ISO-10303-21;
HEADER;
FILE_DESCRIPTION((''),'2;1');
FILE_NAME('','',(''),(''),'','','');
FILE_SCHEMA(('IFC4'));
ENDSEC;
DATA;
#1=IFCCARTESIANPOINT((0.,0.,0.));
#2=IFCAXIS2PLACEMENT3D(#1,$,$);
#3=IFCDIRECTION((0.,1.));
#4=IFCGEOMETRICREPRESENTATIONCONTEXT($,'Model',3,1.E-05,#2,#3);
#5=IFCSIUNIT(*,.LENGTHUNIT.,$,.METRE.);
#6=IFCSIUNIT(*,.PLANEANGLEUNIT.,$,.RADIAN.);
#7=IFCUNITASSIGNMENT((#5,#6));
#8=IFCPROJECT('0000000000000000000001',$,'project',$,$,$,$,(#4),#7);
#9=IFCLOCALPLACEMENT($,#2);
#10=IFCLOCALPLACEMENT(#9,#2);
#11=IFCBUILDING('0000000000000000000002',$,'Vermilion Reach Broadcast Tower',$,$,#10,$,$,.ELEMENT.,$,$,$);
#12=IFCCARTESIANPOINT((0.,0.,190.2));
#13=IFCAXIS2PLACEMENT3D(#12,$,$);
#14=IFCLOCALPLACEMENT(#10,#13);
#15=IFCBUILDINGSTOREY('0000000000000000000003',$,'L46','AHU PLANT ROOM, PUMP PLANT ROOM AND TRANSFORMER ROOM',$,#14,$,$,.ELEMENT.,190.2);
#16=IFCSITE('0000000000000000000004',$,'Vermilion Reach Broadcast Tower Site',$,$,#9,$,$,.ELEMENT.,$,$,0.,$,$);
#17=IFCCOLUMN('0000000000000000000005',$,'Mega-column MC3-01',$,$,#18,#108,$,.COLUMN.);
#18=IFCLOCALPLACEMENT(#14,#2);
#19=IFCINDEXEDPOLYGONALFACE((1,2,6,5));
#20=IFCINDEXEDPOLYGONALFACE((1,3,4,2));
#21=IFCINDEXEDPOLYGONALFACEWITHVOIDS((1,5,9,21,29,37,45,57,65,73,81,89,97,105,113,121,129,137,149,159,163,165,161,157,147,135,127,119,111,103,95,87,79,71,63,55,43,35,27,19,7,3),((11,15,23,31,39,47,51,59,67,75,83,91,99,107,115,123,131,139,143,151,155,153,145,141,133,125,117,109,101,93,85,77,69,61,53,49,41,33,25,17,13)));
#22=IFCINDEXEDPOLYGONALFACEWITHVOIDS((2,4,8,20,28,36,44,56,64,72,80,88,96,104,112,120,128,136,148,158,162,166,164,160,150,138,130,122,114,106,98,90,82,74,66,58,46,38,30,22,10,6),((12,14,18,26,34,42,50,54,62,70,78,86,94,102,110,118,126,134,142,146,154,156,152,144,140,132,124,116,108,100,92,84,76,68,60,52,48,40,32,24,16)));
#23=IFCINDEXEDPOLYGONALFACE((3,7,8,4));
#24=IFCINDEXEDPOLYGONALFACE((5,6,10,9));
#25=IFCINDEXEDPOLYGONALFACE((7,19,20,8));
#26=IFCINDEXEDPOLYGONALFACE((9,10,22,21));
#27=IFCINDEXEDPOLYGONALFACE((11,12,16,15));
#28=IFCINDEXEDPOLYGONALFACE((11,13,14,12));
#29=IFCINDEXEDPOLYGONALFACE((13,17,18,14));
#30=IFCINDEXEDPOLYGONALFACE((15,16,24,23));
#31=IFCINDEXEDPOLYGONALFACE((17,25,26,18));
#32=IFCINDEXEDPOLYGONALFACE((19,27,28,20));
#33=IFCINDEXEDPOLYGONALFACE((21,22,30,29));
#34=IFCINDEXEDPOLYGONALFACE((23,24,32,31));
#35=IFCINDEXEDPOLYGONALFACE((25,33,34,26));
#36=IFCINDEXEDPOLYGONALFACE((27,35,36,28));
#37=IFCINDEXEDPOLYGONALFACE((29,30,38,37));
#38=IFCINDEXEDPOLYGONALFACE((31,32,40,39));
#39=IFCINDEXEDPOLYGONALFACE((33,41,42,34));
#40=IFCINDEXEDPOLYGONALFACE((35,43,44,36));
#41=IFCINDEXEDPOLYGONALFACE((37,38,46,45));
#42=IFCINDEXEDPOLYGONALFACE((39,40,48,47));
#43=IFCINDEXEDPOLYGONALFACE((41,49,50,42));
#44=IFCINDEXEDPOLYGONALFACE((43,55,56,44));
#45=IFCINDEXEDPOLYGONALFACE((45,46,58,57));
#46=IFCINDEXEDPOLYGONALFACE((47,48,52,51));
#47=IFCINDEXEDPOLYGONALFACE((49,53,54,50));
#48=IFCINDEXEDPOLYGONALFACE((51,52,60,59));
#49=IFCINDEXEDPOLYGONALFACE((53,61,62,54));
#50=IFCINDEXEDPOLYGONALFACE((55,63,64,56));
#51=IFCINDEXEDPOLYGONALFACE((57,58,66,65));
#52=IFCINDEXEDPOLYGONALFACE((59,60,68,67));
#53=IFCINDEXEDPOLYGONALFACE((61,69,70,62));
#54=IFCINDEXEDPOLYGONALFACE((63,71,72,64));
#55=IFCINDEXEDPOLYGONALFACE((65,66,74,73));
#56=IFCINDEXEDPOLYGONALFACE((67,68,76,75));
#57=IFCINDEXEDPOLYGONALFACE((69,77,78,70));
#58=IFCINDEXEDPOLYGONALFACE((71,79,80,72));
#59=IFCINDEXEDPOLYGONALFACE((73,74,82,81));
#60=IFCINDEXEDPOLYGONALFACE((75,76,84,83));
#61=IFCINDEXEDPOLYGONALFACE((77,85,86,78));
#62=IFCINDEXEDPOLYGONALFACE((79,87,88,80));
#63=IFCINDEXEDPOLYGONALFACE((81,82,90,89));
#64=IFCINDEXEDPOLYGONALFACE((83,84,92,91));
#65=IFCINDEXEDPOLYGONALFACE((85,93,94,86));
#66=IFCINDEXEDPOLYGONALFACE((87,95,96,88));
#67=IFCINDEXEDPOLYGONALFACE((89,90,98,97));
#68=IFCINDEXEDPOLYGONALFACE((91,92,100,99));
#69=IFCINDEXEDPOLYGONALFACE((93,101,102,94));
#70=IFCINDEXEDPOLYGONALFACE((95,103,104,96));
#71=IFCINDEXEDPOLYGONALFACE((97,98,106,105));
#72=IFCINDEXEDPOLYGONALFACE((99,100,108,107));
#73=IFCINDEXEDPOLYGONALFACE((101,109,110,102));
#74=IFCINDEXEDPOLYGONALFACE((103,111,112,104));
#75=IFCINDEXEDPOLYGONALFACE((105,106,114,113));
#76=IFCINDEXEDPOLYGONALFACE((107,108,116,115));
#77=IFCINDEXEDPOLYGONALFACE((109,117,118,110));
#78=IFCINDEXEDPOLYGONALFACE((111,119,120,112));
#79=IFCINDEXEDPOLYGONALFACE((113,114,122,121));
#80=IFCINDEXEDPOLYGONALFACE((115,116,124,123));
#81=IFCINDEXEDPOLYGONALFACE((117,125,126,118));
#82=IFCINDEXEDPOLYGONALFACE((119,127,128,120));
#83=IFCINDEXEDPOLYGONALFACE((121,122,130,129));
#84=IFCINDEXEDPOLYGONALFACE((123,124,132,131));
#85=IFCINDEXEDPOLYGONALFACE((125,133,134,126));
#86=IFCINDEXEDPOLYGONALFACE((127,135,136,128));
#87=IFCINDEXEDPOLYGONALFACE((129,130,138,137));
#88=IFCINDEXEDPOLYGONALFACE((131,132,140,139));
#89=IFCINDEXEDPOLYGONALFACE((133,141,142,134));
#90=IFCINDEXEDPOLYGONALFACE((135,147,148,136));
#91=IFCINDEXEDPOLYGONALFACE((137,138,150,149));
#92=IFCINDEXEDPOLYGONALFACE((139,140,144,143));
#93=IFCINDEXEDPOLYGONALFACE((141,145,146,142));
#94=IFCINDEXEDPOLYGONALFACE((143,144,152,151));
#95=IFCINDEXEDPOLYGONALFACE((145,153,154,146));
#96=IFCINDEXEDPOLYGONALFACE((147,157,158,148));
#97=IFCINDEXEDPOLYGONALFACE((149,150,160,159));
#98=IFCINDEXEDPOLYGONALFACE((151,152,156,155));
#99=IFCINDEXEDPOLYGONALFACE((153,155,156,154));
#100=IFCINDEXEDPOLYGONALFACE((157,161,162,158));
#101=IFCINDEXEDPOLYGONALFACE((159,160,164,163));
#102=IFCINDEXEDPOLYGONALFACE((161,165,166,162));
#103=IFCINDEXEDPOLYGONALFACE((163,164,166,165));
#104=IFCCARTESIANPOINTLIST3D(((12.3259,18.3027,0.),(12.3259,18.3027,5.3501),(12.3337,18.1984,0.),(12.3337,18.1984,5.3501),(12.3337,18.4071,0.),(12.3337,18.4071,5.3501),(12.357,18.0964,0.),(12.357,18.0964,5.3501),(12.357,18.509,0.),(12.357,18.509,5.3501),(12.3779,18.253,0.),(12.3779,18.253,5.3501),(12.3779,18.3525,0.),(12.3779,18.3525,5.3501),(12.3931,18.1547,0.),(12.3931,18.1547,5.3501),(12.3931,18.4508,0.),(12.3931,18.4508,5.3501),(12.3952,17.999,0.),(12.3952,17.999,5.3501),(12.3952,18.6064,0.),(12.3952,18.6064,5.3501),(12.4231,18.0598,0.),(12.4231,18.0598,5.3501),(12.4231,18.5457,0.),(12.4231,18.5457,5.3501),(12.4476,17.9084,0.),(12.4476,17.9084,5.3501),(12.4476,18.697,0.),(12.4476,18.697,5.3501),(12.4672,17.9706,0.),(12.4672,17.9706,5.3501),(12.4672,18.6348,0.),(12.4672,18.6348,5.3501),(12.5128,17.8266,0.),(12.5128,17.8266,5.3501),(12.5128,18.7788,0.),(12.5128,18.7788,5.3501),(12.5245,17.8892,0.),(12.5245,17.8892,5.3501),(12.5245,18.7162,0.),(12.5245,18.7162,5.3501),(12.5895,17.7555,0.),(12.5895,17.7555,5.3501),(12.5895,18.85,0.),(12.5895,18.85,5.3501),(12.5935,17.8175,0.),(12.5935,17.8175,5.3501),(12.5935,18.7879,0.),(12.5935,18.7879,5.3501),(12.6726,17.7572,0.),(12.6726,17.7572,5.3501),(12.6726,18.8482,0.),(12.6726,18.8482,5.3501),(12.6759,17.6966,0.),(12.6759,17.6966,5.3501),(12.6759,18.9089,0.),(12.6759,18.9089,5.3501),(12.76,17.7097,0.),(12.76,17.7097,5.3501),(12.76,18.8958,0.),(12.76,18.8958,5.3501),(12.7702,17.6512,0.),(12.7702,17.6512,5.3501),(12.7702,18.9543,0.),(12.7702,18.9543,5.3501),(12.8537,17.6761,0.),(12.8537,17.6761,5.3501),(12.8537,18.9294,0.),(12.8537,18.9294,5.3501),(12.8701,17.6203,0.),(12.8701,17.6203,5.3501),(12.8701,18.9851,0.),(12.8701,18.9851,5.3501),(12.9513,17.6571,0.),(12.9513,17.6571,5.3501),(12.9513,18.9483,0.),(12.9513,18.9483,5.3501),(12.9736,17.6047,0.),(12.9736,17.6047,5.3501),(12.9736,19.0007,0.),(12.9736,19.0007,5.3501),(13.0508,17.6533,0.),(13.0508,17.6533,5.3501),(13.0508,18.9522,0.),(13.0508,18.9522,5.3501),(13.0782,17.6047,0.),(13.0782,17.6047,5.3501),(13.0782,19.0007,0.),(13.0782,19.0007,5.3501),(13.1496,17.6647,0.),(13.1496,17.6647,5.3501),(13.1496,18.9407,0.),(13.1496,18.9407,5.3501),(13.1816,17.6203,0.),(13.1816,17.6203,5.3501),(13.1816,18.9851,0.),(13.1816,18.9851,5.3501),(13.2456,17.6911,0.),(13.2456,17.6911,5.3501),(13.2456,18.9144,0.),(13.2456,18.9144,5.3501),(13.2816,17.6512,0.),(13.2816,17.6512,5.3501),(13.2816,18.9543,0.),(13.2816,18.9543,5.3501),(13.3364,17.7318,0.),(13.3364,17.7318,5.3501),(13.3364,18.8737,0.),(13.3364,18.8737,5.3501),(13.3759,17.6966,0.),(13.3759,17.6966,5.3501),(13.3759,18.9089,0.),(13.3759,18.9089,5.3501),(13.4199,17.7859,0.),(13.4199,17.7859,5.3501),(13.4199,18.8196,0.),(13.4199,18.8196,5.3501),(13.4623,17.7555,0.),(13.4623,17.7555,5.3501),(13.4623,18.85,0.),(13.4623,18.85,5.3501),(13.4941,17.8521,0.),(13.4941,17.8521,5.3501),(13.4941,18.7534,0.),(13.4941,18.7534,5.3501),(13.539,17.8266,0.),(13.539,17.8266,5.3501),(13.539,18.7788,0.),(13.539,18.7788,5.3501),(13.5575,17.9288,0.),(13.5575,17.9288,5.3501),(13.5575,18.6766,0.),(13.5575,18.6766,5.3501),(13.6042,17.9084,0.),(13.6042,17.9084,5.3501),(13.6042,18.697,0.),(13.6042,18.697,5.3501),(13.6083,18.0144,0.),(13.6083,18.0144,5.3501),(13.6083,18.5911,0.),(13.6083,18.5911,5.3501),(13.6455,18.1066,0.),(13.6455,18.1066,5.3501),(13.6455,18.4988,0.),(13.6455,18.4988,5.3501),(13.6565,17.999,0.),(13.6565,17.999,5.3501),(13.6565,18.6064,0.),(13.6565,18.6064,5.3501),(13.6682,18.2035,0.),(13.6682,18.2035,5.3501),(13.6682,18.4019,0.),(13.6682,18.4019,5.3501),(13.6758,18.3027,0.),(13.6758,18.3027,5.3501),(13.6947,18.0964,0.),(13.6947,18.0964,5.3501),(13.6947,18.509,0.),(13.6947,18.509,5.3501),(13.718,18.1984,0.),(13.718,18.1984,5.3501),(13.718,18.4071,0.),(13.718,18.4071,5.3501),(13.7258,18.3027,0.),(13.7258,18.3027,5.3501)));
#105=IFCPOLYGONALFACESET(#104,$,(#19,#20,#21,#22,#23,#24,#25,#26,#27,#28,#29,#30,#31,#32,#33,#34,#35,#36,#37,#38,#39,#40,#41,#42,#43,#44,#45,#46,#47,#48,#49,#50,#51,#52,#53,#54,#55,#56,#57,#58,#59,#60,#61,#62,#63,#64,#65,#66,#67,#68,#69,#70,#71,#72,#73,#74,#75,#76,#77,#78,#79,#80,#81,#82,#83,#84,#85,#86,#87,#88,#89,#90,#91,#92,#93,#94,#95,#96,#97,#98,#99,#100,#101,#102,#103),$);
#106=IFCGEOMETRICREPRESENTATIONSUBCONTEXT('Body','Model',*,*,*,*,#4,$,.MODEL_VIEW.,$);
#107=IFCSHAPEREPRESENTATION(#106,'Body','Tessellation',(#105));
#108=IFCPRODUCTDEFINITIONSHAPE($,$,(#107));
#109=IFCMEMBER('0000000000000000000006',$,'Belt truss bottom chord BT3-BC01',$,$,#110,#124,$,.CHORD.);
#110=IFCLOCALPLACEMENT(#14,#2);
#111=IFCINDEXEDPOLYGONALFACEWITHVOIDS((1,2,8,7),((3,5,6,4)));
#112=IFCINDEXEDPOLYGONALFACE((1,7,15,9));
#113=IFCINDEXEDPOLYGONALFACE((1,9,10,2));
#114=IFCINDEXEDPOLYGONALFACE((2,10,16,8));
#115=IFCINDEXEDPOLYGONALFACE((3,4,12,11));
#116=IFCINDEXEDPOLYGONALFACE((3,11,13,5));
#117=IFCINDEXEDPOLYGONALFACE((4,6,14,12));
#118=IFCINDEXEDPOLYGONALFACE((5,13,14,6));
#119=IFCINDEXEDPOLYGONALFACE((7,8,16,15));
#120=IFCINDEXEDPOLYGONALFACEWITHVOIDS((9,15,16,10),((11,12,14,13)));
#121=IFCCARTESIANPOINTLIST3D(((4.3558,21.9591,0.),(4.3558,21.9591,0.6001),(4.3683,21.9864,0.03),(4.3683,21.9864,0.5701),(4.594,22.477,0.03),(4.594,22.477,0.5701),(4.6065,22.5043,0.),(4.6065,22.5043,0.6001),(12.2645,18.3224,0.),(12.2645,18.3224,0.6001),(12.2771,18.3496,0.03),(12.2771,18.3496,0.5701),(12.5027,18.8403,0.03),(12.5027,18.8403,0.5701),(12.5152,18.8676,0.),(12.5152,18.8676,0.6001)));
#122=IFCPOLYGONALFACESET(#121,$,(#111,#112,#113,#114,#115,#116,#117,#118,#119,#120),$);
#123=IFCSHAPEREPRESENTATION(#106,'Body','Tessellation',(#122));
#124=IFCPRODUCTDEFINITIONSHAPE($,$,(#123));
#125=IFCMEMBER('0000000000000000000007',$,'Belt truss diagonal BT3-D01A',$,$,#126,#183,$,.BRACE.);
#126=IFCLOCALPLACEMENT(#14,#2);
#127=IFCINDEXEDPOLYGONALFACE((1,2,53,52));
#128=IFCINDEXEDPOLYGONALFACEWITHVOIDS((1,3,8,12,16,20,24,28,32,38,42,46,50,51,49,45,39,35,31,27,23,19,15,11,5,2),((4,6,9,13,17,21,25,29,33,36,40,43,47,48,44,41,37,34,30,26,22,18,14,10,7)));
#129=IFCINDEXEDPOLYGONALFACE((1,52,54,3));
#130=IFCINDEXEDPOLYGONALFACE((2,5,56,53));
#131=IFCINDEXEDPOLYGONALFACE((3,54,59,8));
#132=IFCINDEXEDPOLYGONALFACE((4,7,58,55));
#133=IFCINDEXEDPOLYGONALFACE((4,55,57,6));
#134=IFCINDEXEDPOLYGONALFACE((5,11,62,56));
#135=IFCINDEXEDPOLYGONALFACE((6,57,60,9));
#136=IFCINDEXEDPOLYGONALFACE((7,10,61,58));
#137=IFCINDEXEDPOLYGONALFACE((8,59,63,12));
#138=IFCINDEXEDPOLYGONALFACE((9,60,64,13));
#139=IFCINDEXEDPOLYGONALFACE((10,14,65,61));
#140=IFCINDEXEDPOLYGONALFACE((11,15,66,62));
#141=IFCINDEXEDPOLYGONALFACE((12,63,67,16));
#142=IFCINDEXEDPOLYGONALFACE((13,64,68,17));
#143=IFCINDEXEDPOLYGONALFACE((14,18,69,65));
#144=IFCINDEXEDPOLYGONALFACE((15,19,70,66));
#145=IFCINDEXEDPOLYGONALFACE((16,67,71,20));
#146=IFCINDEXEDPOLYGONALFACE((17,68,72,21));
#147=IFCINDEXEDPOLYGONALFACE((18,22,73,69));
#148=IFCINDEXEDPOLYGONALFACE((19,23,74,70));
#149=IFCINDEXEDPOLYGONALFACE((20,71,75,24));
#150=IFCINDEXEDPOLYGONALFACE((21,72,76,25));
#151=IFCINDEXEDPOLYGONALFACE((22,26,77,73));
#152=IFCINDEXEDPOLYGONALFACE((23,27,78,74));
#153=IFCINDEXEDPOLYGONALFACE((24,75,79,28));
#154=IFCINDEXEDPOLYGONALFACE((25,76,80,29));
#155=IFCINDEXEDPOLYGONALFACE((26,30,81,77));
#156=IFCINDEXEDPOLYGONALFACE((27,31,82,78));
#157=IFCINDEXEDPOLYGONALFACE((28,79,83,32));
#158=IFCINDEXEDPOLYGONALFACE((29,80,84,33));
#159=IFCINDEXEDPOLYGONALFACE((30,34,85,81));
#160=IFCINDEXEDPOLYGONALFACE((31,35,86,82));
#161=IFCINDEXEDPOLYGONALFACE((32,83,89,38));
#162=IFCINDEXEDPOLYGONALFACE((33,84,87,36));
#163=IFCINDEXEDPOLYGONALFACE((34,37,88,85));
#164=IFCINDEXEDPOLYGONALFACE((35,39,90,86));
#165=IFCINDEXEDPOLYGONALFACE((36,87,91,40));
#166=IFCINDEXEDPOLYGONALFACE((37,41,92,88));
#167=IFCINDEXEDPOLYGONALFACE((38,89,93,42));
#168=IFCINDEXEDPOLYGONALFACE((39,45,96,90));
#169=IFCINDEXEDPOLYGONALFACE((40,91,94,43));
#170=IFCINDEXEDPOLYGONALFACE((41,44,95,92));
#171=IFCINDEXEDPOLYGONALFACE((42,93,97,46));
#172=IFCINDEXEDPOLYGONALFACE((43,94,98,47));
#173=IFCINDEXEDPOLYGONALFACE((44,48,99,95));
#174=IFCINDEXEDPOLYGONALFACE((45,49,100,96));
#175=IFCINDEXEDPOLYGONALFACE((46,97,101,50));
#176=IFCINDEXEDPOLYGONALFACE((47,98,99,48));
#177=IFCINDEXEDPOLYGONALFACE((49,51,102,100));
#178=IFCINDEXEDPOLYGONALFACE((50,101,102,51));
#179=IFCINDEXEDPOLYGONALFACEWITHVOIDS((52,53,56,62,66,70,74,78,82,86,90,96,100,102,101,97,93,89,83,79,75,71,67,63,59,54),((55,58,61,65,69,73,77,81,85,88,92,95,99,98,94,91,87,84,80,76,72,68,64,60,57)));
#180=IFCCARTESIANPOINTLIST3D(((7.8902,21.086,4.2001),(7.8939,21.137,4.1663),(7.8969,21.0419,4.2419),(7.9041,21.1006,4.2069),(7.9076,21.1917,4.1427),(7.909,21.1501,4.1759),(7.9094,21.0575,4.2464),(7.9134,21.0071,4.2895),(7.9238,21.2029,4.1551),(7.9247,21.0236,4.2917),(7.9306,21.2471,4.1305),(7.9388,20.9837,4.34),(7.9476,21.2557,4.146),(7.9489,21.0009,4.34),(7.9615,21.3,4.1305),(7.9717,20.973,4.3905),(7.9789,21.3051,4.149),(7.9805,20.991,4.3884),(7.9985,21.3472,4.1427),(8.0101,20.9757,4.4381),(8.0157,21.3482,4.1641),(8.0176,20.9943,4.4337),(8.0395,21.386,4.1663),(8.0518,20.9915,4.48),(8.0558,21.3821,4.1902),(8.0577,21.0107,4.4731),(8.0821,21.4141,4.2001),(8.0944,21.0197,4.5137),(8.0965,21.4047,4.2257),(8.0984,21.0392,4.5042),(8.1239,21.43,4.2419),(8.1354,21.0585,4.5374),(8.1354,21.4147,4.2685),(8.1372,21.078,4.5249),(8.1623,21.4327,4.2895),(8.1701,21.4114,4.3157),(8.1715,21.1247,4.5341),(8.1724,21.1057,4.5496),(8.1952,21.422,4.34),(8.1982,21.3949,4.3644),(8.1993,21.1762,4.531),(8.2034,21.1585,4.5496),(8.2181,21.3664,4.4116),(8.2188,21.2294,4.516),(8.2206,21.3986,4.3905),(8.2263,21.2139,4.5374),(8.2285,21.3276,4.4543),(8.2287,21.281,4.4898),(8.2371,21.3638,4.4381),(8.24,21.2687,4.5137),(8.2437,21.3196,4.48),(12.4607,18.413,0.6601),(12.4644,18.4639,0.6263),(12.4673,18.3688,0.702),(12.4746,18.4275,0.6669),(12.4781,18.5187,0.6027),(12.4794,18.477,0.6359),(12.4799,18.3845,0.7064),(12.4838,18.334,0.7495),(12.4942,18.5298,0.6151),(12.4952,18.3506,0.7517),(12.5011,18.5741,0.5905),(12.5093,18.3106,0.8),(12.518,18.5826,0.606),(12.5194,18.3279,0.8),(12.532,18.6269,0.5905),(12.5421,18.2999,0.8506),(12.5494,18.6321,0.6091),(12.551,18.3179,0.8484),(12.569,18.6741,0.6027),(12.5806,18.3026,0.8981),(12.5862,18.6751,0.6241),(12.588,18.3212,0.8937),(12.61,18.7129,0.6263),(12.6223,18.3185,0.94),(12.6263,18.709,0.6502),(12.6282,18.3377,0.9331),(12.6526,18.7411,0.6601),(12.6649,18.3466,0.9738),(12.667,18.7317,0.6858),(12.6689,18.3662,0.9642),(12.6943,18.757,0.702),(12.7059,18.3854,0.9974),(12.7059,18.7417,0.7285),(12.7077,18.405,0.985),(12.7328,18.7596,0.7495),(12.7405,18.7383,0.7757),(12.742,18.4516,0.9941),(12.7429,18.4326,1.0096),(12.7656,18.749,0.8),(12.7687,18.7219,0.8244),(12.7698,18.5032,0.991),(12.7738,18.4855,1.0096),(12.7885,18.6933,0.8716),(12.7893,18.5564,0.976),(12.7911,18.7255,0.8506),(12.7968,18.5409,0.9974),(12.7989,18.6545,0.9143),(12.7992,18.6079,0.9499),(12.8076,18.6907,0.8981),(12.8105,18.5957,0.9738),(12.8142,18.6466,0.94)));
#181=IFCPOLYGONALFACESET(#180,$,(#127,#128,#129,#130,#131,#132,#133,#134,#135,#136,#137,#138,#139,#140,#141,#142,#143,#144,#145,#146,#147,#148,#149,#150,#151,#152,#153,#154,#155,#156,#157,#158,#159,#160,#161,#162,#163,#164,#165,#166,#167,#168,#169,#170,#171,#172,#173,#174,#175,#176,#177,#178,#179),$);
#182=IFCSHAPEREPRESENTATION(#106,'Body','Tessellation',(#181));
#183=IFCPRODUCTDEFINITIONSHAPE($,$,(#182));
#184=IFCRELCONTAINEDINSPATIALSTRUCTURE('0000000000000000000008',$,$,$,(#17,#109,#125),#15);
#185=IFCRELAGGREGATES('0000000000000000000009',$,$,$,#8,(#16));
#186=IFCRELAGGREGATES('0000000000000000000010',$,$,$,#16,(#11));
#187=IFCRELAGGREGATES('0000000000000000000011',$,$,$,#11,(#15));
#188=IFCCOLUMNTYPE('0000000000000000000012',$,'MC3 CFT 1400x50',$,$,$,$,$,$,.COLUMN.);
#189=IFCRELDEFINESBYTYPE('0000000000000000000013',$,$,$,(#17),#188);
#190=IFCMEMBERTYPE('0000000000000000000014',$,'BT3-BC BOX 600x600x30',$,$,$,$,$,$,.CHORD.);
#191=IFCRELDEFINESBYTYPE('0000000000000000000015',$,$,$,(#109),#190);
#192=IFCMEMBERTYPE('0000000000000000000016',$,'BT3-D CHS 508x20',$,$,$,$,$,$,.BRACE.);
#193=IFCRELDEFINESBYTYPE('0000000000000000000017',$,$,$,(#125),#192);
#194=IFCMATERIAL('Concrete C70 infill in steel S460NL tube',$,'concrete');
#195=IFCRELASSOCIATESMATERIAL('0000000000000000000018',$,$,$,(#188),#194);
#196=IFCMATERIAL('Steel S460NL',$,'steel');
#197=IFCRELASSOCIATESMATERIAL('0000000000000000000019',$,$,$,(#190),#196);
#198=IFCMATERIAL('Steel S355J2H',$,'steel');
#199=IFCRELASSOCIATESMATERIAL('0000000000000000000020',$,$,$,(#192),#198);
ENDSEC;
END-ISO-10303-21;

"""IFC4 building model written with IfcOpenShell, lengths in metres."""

from ifc_helpers import new_model, si_unit, direction, frame, origin, origin_2d, place, context, subcontext, project, spatial, hollow_rectangle, hollow_circle, extrude, material, material_profile, profile_set, type_object, element, save


model = new_model("IFC4")

# Units and contexts
model_context = context("Model", 3, precision=1e-05, world=origin(), true_north=direction((0.0, 1.0)))
body_context = subcontext(model_context, "Body", "Model", "MODEL_VIEW")
ifc_project = project(units=[si_unit("LENGTHUNIT", "METRE"), si_unit("PLANEANGLEUNIT", "RADIAN")], contexts=[model_context])

# Site, building, storey
site_placement = place(None, origin())
site = spatial("IfcSite", under=ifc_project, at=site_placement, Name="Vermilion Reach Broadcast Tower Site", CompositionType="ELEMENT", RefElevation=0.0)
building_placement = place(site_placement, origin())
building = spatial("IfcBuilding", under=site, at=building_placement, Name="Vermilion Reach Broadcast Tower", CompositionType="ELEMENT")
storey_placement = place(building_placement, frame((0.0, 0.0, 190.2)))
storey = spatial("IfcBuildingStorey", under=building, at=storey_placement, Name="L46", Description="AHU PLANT ROOM, PUMP PLANT ROOM AND TRANSFORMER ROOM", CompositionType="ELEMENT", Elevation=190.2)

# Column
ifc_material_1 = material(Name="Concrete C70 infill in steel S460NL tube", Category="concrete")
ifc_material_profile_1 = material_profile(ifc_material_1, hollow_circle(Radius=0.7, WallThickness=0.05, at=origin_2d()), Name="Concrete C70 infill in steel S460NL tube CFT 1400x50")
ifc_profile_set_1 = profile_set([ifc_material_profile_1], Name="Concrete C70 infill in steel S460NL tube")
column_type = type_object("IfcColumnType", Name="MC3 CFT 1400x50", PredefinedType="COLUMN", material=ifc_profile_set_1)
column_placement = place(storey_placement, frame((13.0259, 18.3027, 0.0), z_axis=(0.0, 0.0, 1.0), x_axis=(1.0, 0.0, 0.0)))
element("IfcColumn", 1, at=column_placement, inside=storey, type_object=column_type, Name="Mega-column MC3-01", PredefinedType="COLUMN", context=body_context, shape_type="SweptSolid", body=[
    extrude(hollow_circle(Radius=0.7, WallThickness=0.05, at=origin_2d()), origin(), (0.0, 0.0, 1.0), 5.3501),
])

# Members
ifc_material_2 = material(Name="Steel S460NL", Category="steel")
ifc_material_profile_2 = material_profile(ifc_material_2, hollow_rectangle(XDim=0.6001, YDim=0.6001, WallThickness=0.03, at=origin_2d()), Name="S460NL BOX 600x600x30")
ifc_profile_set_2 = profile_set([ifc_material_profile_2], Name="Steel S460NL")
member_type_1 = type_object("IfcMemberType", Name="BT3-BC BOX 600x600x30", PredefinedType="CHORD", material=ifc_profile_set_2)
member_1_placement = place(storey_placement, frame((12.3899, 18.595, 0.3), z_axis=(-0.908546, 0.417784, 0.0), x_axis=(-0.417784, -0.908546, 0.0)))
element("IfcMember", 2, at=member_1_placement, inside=storey, type_object=member_type_1, Name="Belt truss bottom chord BT3-BC01", PredefinedType="CHORD", context=body_context, shape_type="SweptSolid", body=[
    extrude(hollow_rectangle(XDim=0.6001, YDim=0.6001, WallThickness=0.03, at=origin_2d()), origin(), (0.0, 0.0, 1.0), 8.7048),
])
ifc_material_3 = material(Name="Steel S355J2H", Category="steel")
ifc_material_profile_3 = material_profile(ifc_material_3, hollow_circle(Radius=0.2539, WallThickness=0.02, at=origin_2d()), Name="S355J2H CHS 508x20")
ifc_profile_set_3 = profile_set([ifc_material_profile_3], Name="Steel S355J2H")
member_type_2 = type_object("IfcMemberType", Name="BT3-D CHS 508x20", PredefinedType="BRACE", material=ifc_profile_set_3)
member_2_placement = place(storey_placement, frame((12.6375, 18.5298, 0.8), z_axis=(-0.717598, 0.419688, 0.555802), x_axis=(-0.504848, -0.863208, 0.0)))
element("IfcMember", 3, at=member_2_placement, inside=storey, type_object=member_type_2, Name="Belt truss diagonal BT3-D01A", PredefinedType="BRACE", context=body_context, shape_type="SweptSolid", body=[
    extrude(hollow_circle(Radius=0.2539, WallThickness=0.02, at=origin_2d()), origin(), (0.0, 0.0, 1.0), 6.3691),
])

save(model, "model.ifc")
